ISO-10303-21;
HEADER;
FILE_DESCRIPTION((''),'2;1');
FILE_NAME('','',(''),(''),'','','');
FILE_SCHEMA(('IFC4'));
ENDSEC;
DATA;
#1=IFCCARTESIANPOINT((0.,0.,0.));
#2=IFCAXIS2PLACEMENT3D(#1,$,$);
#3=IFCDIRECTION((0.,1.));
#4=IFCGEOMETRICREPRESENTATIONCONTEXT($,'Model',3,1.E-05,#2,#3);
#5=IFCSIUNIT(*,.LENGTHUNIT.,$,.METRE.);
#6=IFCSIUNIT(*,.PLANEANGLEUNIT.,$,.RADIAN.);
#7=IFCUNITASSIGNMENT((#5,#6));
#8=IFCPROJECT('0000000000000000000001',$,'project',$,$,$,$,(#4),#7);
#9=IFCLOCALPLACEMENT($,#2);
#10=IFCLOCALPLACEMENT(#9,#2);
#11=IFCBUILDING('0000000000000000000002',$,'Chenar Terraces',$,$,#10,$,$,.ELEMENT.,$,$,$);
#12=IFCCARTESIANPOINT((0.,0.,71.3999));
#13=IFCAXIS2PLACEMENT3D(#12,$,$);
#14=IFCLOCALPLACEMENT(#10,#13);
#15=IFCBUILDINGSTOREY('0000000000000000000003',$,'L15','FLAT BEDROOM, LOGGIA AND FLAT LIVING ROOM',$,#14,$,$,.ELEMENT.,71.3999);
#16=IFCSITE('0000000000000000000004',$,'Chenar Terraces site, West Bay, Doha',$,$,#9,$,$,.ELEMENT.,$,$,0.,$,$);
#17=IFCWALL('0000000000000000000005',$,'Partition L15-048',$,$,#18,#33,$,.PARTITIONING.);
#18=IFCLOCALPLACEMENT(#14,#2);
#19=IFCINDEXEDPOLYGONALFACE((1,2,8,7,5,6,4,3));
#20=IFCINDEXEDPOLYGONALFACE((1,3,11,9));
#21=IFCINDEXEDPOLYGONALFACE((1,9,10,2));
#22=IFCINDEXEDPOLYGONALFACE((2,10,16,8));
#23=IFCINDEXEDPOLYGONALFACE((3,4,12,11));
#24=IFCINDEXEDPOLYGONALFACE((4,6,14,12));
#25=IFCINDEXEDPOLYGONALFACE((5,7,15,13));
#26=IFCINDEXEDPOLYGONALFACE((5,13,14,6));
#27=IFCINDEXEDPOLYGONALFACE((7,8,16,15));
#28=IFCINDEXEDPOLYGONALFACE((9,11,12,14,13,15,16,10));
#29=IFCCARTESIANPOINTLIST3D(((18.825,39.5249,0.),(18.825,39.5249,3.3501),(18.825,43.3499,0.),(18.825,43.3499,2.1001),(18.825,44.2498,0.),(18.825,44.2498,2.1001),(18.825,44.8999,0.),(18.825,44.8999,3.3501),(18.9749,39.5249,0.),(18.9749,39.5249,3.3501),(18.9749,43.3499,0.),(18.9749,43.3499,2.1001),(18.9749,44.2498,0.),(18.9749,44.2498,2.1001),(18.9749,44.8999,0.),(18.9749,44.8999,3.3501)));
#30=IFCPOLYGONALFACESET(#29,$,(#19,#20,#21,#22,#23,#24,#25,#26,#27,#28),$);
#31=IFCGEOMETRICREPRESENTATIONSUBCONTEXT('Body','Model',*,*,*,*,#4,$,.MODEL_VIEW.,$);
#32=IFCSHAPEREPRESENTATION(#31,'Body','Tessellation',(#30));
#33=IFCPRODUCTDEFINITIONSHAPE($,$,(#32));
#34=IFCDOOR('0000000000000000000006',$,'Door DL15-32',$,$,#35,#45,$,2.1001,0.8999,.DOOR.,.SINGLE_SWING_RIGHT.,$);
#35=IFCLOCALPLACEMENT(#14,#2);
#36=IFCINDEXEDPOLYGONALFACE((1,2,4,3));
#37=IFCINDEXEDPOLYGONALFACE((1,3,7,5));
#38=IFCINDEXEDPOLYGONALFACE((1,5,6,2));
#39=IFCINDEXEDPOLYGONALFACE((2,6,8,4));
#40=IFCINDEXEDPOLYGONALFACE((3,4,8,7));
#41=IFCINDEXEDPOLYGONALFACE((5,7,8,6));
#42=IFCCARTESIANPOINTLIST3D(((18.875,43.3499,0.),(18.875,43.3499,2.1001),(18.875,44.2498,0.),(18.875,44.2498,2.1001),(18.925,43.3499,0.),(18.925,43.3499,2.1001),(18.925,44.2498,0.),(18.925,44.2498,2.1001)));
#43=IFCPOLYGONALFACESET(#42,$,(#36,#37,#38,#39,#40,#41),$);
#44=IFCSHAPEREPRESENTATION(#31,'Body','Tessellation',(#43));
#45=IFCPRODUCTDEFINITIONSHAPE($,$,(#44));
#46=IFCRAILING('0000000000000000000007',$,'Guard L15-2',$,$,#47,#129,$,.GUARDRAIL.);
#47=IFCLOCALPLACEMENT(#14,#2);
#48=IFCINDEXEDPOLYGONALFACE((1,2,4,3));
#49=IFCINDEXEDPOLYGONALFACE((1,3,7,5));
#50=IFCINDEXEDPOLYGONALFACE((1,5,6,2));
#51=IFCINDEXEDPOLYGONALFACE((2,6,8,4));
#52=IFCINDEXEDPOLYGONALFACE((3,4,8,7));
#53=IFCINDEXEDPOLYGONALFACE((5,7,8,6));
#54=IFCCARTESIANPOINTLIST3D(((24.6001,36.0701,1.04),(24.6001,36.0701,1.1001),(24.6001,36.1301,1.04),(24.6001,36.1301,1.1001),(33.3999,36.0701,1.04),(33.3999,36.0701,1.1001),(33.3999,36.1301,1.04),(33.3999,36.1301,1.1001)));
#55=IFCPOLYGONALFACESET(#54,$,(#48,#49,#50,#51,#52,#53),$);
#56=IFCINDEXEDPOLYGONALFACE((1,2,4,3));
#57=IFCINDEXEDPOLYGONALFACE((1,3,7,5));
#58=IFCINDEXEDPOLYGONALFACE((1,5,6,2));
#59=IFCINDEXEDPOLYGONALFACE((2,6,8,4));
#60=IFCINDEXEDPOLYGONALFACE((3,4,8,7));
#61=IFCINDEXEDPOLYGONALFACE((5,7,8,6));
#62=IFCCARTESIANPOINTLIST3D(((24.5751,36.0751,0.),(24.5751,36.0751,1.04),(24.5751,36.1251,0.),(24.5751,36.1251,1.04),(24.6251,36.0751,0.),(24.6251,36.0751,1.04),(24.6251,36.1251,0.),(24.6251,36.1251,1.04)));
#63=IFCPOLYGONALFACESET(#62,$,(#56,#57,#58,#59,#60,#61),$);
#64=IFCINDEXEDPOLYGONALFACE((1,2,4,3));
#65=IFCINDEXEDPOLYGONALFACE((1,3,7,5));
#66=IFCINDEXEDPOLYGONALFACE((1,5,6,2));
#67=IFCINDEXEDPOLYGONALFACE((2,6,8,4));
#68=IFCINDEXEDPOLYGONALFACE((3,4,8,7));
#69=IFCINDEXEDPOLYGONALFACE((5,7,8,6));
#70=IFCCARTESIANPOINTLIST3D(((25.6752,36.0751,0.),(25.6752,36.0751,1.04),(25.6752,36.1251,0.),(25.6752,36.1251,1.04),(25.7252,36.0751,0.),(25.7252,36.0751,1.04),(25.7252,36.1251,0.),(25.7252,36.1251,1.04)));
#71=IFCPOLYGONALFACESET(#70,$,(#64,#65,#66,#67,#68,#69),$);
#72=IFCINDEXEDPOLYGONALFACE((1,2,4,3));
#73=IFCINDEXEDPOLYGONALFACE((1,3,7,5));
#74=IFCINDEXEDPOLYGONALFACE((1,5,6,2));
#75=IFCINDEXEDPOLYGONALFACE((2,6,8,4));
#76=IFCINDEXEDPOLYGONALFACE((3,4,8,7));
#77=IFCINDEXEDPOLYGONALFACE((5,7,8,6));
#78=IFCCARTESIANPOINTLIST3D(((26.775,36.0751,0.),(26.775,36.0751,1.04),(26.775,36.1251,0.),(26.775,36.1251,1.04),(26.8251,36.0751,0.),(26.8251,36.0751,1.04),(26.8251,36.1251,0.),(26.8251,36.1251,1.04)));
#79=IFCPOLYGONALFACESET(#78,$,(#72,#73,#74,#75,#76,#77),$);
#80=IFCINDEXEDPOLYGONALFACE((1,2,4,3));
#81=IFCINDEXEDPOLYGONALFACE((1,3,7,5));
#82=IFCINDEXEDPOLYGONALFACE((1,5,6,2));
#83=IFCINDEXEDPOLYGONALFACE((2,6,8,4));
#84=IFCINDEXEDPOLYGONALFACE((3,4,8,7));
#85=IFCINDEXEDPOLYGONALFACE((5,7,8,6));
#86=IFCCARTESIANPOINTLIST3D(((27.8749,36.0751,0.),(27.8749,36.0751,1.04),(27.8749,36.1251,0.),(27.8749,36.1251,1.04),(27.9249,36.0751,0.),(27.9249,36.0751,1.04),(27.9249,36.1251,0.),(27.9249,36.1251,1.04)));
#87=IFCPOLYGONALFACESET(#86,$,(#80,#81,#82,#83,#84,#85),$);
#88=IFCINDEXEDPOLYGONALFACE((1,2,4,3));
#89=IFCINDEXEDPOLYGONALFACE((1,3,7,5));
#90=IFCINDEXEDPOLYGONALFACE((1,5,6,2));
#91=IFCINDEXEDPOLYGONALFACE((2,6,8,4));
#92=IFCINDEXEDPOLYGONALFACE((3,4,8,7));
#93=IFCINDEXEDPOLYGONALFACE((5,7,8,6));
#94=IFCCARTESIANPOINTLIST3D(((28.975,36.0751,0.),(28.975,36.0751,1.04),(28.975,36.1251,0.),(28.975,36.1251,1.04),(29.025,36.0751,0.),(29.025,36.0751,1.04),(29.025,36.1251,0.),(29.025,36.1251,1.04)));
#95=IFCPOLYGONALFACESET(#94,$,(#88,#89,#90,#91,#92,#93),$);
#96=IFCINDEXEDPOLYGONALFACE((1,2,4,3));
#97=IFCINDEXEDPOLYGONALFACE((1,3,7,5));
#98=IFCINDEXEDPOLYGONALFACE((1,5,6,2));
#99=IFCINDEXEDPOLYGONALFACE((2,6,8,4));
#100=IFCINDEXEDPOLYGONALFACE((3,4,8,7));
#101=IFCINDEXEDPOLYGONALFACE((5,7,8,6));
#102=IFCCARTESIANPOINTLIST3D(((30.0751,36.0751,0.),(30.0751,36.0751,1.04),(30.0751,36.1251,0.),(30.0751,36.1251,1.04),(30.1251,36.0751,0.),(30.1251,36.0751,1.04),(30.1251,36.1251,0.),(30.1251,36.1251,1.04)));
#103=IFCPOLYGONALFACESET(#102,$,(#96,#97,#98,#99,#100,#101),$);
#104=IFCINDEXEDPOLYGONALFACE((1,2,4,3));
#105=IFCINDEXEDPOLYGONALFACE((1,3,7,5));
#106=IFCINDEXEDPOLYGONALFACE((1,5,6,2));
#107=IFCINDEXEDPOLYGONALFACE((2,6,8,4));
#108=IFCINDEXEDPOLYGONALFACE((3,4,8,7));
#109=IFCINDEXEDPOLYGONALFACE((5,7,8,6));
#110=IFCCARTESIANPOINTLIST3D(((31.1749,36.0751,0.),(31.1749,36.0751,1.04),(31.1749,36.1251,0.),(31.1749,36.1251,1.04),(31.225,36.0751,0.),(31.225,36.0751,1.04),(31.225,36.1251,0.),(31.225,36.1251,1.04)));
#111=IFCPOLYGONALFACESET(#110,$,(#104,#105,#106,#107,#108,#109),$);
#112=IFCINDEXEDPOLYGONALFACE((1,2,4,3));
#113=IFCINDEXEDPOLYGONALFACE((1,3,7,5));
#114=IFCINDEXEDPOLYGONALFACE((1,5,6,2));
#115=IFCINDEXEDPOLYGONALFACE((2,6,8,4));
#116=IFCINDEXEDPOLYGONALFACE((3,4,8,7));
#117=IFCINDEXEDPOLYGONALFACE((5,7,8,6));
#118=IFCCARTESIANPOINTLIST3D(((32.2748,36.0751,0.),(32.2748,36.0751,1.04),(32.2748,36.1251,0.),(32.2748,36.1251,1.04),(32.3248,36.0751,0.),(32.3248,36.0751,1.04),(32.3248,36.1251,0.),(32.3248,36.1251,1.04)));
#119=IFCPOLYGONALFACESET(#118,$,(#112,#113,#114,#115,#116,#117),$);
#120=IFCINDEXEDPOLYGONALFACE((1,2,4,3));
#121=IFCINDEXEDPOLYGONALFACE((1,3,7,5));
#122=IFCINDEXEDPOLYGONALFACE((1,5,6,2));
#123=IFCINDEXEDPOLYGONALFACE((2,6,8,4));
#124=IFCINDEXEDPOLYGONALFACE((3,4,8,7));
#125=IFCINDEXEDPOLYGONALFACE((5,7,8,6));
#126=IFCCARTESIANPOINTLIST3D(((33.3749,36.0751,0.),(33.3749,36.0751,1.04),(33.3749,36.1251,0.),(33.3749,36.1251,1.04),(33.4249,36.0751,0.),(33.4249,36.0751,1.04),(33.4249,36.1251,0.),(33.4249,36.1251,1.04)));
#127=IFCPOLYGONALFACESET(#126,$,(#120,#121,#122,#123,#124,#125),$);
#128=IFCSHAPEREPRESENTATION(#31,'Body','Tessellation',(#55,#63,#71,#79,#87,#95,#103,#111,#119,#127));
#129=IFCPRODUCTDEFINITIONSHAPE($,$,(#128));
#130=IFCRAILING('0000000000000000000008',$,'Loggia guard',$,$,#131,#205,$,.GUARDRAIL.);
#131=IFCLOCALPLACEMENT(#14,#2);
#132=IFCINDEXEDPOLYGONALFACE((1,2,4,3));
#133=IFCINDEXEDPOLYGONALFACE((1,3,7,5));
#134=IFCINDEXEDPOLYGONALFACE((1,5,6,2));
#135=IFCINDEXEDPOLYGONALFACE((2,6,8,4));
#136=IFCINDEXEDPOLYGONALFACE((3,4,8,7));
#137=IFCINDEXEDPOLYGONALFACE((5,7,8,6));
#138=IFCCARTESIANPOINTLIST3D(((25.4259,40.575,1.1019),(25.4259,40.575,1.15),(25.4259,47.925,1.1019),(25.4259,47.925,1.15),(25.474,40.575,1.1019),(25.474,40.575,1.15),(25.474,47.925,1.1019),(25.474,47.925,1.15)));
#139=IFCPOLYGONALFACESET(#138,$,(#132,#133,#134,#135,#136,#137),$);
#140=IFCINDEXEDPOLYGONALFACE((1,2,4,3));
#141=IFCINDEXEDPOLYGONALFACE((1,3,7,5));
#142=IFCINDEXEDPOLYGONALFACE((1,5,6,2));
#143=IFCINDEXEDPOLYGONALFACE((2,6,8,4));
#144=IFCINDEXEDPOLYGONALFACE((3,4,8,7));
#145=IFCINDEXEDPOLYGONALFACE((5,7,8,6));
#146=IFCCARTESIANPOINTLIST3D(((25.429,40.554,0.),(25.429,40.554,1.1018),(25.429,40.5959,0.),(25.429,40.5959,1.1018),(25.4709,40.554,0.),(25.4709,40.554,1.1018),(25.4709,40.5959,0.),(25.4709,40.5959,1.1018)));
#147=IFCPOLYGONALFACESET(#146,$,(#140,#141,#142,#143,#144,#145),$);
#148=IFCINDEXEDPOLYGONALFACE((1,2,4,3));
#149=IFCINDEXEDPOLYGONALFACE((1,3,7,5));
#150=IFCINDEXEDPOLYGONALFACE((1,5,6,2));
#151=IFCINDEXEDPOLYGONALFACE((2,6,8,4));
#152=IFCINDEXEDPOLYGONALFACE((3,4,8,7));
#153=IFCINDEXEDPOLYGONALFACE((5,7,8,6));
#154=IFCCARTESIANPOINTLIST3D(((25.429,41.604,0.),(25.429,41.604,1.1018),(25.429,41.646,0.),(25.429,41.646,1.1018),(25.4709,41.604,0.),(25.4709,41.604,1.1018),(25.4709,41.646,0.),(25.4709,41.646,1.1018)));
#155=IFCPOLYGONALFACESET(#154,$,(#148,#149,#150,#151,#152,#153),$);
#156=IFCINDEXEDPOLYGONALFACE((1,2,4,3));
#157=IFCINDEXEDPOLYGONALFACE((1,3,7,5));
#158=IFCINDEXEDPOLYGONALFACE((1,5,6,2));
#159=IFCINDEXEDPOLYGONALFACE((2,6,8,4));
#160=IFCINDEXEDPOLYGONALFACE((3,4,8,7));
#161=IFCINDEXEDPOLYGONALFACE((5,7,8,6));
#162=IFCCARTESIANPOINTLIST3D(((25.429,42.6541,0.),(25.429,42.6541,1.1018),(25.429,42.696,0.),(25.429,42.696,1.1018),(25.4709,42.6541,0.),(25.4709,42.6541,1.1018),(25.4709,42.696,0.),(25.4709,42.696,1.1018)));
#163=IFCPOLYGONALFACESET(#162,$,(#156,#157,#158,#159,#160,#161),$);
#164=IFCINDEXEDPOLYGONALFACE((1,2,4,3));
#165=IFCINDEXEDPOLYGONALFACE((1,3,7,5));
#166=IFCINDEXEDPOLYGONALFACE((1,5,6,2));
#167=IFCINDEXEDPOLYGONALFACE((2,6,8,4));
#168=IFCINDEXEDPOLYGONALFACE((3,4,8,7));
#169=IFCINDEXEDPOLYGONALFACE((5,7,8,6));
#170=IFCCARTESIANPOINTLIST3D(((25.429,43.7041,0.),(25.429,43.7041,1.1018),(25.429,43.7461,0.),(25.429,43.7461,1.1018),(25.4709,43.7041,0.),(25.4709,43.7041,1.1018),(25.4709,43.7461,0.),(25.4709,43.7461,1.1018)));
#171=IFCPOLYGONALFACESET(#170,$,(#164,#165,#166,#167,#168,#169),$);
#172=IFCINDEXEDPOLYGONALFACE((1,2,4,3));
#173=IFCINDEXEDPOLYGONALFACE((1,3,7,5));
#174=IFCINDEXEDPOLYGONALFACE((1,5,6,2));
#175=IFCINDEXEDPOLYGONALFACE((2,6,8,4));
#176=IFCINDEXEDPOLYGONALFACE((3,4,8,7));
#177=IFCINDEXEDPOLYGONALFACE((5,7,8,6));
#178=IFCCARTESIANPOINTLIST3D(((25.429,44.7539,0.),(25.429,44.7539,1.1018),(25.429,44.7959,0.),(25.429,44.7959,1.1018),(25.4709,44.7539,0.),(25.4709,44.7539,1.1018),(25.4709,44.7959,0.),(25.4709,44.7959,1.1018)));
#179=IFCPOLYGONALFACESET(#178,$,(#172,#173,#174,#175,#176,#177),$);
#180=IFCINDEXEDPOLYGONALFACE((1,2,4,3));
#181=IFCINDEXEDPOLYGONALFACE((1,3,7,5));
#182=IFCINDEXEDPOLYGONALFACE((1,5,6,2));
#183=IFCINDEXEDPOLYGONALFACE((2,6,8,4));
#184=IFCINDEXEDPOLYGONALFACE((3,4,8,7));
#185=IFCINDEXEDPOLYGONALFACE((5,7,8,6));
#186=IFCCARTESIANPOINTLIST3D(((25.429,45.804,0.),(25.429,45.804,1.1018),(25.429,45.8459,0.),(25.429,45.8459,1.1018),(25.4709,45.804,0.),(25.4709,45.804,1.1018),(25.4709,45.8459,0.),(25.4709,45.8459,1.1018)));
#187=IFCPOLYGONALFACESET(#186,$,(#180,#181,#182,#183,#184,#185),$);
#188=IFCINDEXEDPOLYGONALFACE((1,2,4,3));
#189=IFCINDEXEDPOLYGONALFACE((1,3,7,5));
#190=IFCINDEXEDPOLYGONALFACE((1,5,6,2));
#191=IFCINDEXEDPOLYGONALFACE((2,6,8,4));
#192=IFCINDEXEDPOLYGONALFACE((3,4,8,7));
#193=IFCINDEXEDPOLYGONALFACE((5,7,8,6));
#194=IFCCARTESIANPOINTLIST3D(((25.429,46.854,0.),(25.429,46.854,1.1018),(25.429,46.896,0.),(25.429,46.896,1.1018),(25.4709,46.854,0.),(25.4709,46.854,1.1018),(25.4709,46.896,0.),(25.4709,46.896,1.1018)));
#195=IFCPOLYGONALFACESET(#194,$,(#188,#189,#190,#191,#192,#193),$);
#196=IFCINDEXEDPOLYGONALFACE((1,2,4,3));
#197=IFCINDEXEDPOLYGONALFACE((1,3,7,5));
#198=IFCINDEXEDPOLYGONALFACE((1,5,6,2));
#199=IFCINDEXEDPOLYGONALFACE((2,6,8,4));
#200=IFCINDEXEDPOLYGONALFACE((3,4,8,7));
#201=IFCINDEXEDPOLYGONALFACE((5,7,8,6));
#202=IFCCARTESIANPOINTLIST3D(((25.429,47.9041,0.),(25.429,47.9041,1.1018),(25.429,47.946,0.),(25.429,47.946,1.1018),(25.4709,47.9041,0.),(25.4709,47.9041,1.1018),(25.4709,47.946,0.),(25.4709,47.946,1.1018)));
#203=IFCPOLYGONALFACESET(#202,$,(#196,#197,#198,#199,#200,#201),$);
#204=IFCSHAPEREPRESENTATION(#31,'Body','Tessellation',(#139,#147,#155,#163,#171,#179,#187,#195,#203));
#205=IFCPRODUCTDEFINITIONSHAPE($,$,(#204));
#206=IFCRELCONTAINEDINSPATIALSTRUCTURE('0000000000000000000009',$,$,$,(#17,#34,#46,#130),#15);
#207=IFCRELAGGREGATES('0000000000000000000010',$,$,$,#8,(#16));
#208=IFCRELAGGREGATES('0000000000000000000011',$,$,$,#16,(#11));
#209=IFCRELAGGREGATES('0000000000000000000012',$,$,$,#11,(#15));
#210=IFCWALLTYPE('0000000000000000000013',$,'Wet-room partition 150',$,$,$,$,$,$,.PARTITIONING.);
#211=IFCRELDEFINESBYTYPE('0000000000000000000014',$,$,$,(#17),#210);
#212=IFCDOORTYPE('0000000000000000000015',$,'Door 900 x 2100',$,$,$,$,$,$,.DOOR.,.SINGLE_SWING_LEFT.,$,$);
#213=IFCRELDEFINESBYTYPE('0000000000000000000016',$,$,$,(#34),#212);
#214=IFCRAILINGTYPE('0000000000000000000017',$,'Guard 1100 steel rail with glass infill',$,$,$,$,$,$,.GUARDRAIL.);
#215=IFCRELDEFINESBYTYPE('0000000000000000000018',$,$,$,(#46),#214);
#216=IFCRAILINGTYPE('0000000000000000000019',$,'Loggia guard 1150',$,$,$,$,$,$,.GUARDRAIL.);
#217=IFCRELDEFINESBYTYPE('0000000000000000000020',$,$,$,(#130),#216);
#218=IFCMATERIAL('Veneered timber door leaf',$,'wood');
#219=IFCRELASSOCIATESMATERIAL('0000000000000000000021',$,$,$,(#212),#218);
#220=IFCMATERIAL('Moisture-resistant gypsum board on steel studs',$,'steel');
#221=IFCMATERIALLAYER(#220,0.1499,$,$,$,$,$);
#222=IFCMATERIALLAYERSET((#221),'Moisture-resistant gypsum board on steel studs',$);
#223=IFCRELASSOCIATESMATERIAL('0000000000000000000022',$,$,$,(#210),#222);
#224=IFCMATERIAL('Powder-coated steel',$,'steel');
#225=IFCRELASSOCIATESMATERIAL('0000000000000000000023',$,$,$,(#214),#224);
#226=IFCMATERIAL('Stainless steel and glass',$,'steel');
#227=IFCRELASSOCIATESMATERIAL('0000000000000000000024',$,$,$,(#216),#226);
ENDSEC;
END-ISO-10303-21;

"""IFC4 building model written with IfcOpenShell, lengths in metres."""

from ifc_helpers import new_model, si_unit, direction, frame, frame_2d, origin, origin_2d, place, context, subcontext, project, spatial, rectangle, extrude, material, layer, layer_set, type_object, element, fill, save


model = new_model("IFC4")

# Units and contexts
model_context = context("Model", 3, precision=1e-05, world=origin(), true_north=direction((0.0, 1.0)))
body_context = subcontext(model_context, "Body", "Model", "MODEL_VIEW")
ifc_project = project(units=[si_unit("LENGTHUNIT", "METRE"), si_unit("PLANEANGLEUNIT", "RADIAN")], contexts=[model_context])

# Site, building, storey
site_placement = place(None, origin())
site = spatial("IfcSite", under=ifc_project, at=site_placement, Name="Chenar Terraces site, West Bay, Doha", CompositionType="ELEMENT", RefElevation=0.0)
building_placement = place(site_placement, origin())
building = spatial("IfcBuilding", under=site, at=building_placement, Name="Chenar Terraces", CompositionType="ELEMENT")
storey_placement = place(building_placement, frame((0.0, 0.0, 71.3999)))
storey = spatial("IfcBuildingStorey", under=building, at=storey_placement, Name="L15", Description="FLAT BEDROOM, LOGGIA AND FLAT LIVING ROOM", CompositionType="ELEMENT", Elevation=71.3999)

# Shared definitions
ifc_material_1 = material(Name="Veneered timber door leaf", Category="wood")
door_type_1 = type_object("IfcDoorType", Name="Door 900 x 2100", OperationType="SINGLE_SWING_LEFT", PredefinedType="DOOR", material=ifc_material_1)

# Shared definitions
ifc_material_2 = material(Name="Moisture-resistant gypsum board on steel studs", Category="steel")
ifc_layer_1 = layer(ifc_material_2, 0.1499)
ifc_layer_set_1 = layer_set([ifc_layer_1], Name="Moisture-resistant gypsum board on steel studs")
wall_type_1 = type_object("IfcWallType", Name="Wet-room partition 150", PredefinedType="PARTITIONING", material=ifc_layer_set_1)

# Wall, opening, door
wall_1_placement = place(storey_placement, frame((18.8999, 39.5249, 0.0), z_axis=(0.0, 0.0, 1.0), x_axis=(0.0, 1.0, 0.0)))
wall_1 = element("IfcWall", 1, at=wall_1_placement, inside=storey, type_object=wall_type_1, Name="Partition L15-048", PredefinedType="PARTITIONING", context=body_context, shape_type="SweptSolid", body=[
    extrude(rectangle(XDim=5.375, YDim=0.1499, at=frame_2d((2.6875, 0.0))), origin(), (0.0, 0.0, 1.0), 3.3501),
])
opening_1_placement = place(wall_1_placement, frame((3.825, 0.0, 0.0)))
opening_1 = element("IfcOpeningElement", 2, at=opening_1_placement, cuts=wall_1, PredefinedType="OPENING", context=body_context, shape_type="SweptSolid", body=[
    extrude(rectangle(XDim=0.8999, YDim=2.1001, at=frame_2d((0.45, 1.05))), frame((0.0, 0.085, 0.0), z_axis=(0.0, -1.0, 0.0), x_axis=(1.0, 0.0, 0.0)), (0.0, 0.0, 1.0), 0.1699),
])
door_1_placement = place(opening_1_placement, origin())
door_1 = element("IfcDoor", 3, at=door_1_placement, inside=storey, type_object=door_type_1, Name="Door DL15-32", OperationType="SINGLE_SWING_RIGHT", OverallHeight=2.1001, OverallWidth=0.8999, PredefinedType="DOOR", context=body_context, shape_type="SweptSolid", body=[
    extrude(rectangle(XDim=0.8999, YDim=2.1001, at=frame_2d((0.45, 1.05))), frame((0.0, 0.0249, 0.0), z_axis=(0.0, -1.0, 0.0), x_axis=(1.0, 0.0, 0.0)), (0.0, 0.0, 1.0), 0.05),
])
fill(opening_1, door_1)

# Railings
ifc_material_3 = material(Name="Powder-coated steel", Category="steel")
railing_type_1 = type_object("IfcRailingType", Name="Guard 1100 steel rail with glass infill", PredefinedType="GUARDRAIL", material=ifc_material_3)
railing_1_placement = place(storey_placement, frame((24.6001, 36.1001, 0.0)))
element("IfcRailing", 4, at=railing_1_placement, inside=storey, type_object=railing_type_1, Name="Guard L15-2", PredefinedType="GUARDRAIL", context=body_context, shape_type="SweptSolid", body=[
    extrude(rectangle(XDim=0.0601, YDim=0.0601, at=origin_2d()), frame((0.0, 0.0, 1.0701), z_axis=(1.0, 0.0, 0.0), x_axis=(0.0, 1.0, 0.0)), (0.0, 0.0, 1.0), 8.7998),
    extrude(rectangle(XDim=0.05, YDim=0.05, at=origin_2d()), origin(), (0.0, 0.0, 1.0), 1.04),
    extrude(rectangle(XDim=0.05, YDim=0.05, at=origin_2d()), frame((1.1001, 0.0, 0.0)), (0.0, 0.0, 1.0), 1.04),
    extrude(rectangle(XDim=0.05, YDim=0.05, at=origin_2d()), frame((2.2, 0.0, 0.0)), (0.0, 0.0, 1.0), 1.04),
    extrude(rectangle(XDim=0.05, YDim=0.05, at=origin_2d()), frame((3.2998, 0.0, 0.0)), (0.0, 0.0, 1.0), 1.04),
    extrude(rectangle(XDim=0.05, YDim=0.05, at=origin_2d()), frame((4.3999, 0.0, 0.0)), (0.0, 0.0, 1.0), 1.04),
    extrude(rectangle(XDim=0.05, YDim=0.05, at=origin_2d()), frame((5.5, 0.0, 0.0)), (0.0, 0.0, 1.0), 1.04),
    extrude(rectangle(XDim=0.05, YDim=0.05, at=origin_2d()), frame((6.5999, 0.0, 0.0)), (0.0, 0.0, 1.0), 1.04),
    extrude(rectangle(XDim=0.05, YDim=0.05, at=origin_2d()), frame((7.6997, 0.0, 0.0)), (0.0, 0.0, 1.0), 1.04),
    extrude(rectangle(XDim=0.05, YDim=0.05, at=origin_2d()), frame((8.7998, 0.0, 0.0)), (0.0, 0.0, 1.0), 1.04),
])
ifc_material_4 = material(Name="Stainless steel and glass", Category="steel")
railing_type_2 = type_object("IfcRailingType", Name="Loggia guard 1150", PredefinedType="GUARDRAIL", material=ifc_material_4)
railing_2_placement = place(storey_placement, frame((25.45, 40.575, 0.0)))
element("IfcRailing", 5, at=railing_2_placement, inside=storey, type_object=railing_type_2, Name="Loggia guard", PredefinedType="GUARDRAIL", context=body_context, shape_type="SweptSolid", body=[
    extrude(rectangle(XDim=0.0481, YDim=0.0481, at=origin_2d()), frame((0.0, 0.0, 1.126), z_axis=(0.0, 1.0, 0.0), x_axis=(-1.0, 0.0, 0.0)), (0.0, 0.0, 1.0), 7.3501),
    extrude(rectangle(XDim=0.042, YDim=0.042, at=origin_2d()), origin(), (0.0, 0.0, 1.0), 1.1018),
    extrude(rectangle(XDim=0.042, YDim=0.042, at=origin_2d()), frame((0.0, 1.05, 0.0)), (0.0, 0.0, 1.0), 1.1018),
    extrude(rectangle(XDim=0.042, YDim=0.042, at=origin_2d()), frame((0.0, 2.1001, 0.0)), (0.0, 0.0, 1.0), 1.1018),
    extrude(rectangle(XDim=0.042, YDim=0.042, at=origin_2d()), frame((0.0, 3.1501, 0.0)), (0.0, 0.0, 1.0), 1.1018),
    extrude(rectangle(XDim=0.042, YDim=0.042, at=origin_2d()), frame((0.0, 4.2, 0.0)), (0.0, 0.0, 1.0), 1.1018),
    extrude(rectangle(XDim=0.042, YDim=0.042, at=origin_2d()), frame((0.0, 5.25, 0.0)), (0.0, 0.0, 1.0), 1.1018),
    extrude(rectangle(XDim=0.042, YDim=0.042, at=origin_2d()), frame((0.0, 6.3, 0.0)), (0.0, 0.0, 1.0), 1.1018),
    extrude(rectangle(XDim=0.042, YDim=0.042, at=origin_2d()), frame((0.0, 7.3501, 0.0)), (0.0, 0.0, 1.0), 1.1018),
])

save(model, "model.ifc")
